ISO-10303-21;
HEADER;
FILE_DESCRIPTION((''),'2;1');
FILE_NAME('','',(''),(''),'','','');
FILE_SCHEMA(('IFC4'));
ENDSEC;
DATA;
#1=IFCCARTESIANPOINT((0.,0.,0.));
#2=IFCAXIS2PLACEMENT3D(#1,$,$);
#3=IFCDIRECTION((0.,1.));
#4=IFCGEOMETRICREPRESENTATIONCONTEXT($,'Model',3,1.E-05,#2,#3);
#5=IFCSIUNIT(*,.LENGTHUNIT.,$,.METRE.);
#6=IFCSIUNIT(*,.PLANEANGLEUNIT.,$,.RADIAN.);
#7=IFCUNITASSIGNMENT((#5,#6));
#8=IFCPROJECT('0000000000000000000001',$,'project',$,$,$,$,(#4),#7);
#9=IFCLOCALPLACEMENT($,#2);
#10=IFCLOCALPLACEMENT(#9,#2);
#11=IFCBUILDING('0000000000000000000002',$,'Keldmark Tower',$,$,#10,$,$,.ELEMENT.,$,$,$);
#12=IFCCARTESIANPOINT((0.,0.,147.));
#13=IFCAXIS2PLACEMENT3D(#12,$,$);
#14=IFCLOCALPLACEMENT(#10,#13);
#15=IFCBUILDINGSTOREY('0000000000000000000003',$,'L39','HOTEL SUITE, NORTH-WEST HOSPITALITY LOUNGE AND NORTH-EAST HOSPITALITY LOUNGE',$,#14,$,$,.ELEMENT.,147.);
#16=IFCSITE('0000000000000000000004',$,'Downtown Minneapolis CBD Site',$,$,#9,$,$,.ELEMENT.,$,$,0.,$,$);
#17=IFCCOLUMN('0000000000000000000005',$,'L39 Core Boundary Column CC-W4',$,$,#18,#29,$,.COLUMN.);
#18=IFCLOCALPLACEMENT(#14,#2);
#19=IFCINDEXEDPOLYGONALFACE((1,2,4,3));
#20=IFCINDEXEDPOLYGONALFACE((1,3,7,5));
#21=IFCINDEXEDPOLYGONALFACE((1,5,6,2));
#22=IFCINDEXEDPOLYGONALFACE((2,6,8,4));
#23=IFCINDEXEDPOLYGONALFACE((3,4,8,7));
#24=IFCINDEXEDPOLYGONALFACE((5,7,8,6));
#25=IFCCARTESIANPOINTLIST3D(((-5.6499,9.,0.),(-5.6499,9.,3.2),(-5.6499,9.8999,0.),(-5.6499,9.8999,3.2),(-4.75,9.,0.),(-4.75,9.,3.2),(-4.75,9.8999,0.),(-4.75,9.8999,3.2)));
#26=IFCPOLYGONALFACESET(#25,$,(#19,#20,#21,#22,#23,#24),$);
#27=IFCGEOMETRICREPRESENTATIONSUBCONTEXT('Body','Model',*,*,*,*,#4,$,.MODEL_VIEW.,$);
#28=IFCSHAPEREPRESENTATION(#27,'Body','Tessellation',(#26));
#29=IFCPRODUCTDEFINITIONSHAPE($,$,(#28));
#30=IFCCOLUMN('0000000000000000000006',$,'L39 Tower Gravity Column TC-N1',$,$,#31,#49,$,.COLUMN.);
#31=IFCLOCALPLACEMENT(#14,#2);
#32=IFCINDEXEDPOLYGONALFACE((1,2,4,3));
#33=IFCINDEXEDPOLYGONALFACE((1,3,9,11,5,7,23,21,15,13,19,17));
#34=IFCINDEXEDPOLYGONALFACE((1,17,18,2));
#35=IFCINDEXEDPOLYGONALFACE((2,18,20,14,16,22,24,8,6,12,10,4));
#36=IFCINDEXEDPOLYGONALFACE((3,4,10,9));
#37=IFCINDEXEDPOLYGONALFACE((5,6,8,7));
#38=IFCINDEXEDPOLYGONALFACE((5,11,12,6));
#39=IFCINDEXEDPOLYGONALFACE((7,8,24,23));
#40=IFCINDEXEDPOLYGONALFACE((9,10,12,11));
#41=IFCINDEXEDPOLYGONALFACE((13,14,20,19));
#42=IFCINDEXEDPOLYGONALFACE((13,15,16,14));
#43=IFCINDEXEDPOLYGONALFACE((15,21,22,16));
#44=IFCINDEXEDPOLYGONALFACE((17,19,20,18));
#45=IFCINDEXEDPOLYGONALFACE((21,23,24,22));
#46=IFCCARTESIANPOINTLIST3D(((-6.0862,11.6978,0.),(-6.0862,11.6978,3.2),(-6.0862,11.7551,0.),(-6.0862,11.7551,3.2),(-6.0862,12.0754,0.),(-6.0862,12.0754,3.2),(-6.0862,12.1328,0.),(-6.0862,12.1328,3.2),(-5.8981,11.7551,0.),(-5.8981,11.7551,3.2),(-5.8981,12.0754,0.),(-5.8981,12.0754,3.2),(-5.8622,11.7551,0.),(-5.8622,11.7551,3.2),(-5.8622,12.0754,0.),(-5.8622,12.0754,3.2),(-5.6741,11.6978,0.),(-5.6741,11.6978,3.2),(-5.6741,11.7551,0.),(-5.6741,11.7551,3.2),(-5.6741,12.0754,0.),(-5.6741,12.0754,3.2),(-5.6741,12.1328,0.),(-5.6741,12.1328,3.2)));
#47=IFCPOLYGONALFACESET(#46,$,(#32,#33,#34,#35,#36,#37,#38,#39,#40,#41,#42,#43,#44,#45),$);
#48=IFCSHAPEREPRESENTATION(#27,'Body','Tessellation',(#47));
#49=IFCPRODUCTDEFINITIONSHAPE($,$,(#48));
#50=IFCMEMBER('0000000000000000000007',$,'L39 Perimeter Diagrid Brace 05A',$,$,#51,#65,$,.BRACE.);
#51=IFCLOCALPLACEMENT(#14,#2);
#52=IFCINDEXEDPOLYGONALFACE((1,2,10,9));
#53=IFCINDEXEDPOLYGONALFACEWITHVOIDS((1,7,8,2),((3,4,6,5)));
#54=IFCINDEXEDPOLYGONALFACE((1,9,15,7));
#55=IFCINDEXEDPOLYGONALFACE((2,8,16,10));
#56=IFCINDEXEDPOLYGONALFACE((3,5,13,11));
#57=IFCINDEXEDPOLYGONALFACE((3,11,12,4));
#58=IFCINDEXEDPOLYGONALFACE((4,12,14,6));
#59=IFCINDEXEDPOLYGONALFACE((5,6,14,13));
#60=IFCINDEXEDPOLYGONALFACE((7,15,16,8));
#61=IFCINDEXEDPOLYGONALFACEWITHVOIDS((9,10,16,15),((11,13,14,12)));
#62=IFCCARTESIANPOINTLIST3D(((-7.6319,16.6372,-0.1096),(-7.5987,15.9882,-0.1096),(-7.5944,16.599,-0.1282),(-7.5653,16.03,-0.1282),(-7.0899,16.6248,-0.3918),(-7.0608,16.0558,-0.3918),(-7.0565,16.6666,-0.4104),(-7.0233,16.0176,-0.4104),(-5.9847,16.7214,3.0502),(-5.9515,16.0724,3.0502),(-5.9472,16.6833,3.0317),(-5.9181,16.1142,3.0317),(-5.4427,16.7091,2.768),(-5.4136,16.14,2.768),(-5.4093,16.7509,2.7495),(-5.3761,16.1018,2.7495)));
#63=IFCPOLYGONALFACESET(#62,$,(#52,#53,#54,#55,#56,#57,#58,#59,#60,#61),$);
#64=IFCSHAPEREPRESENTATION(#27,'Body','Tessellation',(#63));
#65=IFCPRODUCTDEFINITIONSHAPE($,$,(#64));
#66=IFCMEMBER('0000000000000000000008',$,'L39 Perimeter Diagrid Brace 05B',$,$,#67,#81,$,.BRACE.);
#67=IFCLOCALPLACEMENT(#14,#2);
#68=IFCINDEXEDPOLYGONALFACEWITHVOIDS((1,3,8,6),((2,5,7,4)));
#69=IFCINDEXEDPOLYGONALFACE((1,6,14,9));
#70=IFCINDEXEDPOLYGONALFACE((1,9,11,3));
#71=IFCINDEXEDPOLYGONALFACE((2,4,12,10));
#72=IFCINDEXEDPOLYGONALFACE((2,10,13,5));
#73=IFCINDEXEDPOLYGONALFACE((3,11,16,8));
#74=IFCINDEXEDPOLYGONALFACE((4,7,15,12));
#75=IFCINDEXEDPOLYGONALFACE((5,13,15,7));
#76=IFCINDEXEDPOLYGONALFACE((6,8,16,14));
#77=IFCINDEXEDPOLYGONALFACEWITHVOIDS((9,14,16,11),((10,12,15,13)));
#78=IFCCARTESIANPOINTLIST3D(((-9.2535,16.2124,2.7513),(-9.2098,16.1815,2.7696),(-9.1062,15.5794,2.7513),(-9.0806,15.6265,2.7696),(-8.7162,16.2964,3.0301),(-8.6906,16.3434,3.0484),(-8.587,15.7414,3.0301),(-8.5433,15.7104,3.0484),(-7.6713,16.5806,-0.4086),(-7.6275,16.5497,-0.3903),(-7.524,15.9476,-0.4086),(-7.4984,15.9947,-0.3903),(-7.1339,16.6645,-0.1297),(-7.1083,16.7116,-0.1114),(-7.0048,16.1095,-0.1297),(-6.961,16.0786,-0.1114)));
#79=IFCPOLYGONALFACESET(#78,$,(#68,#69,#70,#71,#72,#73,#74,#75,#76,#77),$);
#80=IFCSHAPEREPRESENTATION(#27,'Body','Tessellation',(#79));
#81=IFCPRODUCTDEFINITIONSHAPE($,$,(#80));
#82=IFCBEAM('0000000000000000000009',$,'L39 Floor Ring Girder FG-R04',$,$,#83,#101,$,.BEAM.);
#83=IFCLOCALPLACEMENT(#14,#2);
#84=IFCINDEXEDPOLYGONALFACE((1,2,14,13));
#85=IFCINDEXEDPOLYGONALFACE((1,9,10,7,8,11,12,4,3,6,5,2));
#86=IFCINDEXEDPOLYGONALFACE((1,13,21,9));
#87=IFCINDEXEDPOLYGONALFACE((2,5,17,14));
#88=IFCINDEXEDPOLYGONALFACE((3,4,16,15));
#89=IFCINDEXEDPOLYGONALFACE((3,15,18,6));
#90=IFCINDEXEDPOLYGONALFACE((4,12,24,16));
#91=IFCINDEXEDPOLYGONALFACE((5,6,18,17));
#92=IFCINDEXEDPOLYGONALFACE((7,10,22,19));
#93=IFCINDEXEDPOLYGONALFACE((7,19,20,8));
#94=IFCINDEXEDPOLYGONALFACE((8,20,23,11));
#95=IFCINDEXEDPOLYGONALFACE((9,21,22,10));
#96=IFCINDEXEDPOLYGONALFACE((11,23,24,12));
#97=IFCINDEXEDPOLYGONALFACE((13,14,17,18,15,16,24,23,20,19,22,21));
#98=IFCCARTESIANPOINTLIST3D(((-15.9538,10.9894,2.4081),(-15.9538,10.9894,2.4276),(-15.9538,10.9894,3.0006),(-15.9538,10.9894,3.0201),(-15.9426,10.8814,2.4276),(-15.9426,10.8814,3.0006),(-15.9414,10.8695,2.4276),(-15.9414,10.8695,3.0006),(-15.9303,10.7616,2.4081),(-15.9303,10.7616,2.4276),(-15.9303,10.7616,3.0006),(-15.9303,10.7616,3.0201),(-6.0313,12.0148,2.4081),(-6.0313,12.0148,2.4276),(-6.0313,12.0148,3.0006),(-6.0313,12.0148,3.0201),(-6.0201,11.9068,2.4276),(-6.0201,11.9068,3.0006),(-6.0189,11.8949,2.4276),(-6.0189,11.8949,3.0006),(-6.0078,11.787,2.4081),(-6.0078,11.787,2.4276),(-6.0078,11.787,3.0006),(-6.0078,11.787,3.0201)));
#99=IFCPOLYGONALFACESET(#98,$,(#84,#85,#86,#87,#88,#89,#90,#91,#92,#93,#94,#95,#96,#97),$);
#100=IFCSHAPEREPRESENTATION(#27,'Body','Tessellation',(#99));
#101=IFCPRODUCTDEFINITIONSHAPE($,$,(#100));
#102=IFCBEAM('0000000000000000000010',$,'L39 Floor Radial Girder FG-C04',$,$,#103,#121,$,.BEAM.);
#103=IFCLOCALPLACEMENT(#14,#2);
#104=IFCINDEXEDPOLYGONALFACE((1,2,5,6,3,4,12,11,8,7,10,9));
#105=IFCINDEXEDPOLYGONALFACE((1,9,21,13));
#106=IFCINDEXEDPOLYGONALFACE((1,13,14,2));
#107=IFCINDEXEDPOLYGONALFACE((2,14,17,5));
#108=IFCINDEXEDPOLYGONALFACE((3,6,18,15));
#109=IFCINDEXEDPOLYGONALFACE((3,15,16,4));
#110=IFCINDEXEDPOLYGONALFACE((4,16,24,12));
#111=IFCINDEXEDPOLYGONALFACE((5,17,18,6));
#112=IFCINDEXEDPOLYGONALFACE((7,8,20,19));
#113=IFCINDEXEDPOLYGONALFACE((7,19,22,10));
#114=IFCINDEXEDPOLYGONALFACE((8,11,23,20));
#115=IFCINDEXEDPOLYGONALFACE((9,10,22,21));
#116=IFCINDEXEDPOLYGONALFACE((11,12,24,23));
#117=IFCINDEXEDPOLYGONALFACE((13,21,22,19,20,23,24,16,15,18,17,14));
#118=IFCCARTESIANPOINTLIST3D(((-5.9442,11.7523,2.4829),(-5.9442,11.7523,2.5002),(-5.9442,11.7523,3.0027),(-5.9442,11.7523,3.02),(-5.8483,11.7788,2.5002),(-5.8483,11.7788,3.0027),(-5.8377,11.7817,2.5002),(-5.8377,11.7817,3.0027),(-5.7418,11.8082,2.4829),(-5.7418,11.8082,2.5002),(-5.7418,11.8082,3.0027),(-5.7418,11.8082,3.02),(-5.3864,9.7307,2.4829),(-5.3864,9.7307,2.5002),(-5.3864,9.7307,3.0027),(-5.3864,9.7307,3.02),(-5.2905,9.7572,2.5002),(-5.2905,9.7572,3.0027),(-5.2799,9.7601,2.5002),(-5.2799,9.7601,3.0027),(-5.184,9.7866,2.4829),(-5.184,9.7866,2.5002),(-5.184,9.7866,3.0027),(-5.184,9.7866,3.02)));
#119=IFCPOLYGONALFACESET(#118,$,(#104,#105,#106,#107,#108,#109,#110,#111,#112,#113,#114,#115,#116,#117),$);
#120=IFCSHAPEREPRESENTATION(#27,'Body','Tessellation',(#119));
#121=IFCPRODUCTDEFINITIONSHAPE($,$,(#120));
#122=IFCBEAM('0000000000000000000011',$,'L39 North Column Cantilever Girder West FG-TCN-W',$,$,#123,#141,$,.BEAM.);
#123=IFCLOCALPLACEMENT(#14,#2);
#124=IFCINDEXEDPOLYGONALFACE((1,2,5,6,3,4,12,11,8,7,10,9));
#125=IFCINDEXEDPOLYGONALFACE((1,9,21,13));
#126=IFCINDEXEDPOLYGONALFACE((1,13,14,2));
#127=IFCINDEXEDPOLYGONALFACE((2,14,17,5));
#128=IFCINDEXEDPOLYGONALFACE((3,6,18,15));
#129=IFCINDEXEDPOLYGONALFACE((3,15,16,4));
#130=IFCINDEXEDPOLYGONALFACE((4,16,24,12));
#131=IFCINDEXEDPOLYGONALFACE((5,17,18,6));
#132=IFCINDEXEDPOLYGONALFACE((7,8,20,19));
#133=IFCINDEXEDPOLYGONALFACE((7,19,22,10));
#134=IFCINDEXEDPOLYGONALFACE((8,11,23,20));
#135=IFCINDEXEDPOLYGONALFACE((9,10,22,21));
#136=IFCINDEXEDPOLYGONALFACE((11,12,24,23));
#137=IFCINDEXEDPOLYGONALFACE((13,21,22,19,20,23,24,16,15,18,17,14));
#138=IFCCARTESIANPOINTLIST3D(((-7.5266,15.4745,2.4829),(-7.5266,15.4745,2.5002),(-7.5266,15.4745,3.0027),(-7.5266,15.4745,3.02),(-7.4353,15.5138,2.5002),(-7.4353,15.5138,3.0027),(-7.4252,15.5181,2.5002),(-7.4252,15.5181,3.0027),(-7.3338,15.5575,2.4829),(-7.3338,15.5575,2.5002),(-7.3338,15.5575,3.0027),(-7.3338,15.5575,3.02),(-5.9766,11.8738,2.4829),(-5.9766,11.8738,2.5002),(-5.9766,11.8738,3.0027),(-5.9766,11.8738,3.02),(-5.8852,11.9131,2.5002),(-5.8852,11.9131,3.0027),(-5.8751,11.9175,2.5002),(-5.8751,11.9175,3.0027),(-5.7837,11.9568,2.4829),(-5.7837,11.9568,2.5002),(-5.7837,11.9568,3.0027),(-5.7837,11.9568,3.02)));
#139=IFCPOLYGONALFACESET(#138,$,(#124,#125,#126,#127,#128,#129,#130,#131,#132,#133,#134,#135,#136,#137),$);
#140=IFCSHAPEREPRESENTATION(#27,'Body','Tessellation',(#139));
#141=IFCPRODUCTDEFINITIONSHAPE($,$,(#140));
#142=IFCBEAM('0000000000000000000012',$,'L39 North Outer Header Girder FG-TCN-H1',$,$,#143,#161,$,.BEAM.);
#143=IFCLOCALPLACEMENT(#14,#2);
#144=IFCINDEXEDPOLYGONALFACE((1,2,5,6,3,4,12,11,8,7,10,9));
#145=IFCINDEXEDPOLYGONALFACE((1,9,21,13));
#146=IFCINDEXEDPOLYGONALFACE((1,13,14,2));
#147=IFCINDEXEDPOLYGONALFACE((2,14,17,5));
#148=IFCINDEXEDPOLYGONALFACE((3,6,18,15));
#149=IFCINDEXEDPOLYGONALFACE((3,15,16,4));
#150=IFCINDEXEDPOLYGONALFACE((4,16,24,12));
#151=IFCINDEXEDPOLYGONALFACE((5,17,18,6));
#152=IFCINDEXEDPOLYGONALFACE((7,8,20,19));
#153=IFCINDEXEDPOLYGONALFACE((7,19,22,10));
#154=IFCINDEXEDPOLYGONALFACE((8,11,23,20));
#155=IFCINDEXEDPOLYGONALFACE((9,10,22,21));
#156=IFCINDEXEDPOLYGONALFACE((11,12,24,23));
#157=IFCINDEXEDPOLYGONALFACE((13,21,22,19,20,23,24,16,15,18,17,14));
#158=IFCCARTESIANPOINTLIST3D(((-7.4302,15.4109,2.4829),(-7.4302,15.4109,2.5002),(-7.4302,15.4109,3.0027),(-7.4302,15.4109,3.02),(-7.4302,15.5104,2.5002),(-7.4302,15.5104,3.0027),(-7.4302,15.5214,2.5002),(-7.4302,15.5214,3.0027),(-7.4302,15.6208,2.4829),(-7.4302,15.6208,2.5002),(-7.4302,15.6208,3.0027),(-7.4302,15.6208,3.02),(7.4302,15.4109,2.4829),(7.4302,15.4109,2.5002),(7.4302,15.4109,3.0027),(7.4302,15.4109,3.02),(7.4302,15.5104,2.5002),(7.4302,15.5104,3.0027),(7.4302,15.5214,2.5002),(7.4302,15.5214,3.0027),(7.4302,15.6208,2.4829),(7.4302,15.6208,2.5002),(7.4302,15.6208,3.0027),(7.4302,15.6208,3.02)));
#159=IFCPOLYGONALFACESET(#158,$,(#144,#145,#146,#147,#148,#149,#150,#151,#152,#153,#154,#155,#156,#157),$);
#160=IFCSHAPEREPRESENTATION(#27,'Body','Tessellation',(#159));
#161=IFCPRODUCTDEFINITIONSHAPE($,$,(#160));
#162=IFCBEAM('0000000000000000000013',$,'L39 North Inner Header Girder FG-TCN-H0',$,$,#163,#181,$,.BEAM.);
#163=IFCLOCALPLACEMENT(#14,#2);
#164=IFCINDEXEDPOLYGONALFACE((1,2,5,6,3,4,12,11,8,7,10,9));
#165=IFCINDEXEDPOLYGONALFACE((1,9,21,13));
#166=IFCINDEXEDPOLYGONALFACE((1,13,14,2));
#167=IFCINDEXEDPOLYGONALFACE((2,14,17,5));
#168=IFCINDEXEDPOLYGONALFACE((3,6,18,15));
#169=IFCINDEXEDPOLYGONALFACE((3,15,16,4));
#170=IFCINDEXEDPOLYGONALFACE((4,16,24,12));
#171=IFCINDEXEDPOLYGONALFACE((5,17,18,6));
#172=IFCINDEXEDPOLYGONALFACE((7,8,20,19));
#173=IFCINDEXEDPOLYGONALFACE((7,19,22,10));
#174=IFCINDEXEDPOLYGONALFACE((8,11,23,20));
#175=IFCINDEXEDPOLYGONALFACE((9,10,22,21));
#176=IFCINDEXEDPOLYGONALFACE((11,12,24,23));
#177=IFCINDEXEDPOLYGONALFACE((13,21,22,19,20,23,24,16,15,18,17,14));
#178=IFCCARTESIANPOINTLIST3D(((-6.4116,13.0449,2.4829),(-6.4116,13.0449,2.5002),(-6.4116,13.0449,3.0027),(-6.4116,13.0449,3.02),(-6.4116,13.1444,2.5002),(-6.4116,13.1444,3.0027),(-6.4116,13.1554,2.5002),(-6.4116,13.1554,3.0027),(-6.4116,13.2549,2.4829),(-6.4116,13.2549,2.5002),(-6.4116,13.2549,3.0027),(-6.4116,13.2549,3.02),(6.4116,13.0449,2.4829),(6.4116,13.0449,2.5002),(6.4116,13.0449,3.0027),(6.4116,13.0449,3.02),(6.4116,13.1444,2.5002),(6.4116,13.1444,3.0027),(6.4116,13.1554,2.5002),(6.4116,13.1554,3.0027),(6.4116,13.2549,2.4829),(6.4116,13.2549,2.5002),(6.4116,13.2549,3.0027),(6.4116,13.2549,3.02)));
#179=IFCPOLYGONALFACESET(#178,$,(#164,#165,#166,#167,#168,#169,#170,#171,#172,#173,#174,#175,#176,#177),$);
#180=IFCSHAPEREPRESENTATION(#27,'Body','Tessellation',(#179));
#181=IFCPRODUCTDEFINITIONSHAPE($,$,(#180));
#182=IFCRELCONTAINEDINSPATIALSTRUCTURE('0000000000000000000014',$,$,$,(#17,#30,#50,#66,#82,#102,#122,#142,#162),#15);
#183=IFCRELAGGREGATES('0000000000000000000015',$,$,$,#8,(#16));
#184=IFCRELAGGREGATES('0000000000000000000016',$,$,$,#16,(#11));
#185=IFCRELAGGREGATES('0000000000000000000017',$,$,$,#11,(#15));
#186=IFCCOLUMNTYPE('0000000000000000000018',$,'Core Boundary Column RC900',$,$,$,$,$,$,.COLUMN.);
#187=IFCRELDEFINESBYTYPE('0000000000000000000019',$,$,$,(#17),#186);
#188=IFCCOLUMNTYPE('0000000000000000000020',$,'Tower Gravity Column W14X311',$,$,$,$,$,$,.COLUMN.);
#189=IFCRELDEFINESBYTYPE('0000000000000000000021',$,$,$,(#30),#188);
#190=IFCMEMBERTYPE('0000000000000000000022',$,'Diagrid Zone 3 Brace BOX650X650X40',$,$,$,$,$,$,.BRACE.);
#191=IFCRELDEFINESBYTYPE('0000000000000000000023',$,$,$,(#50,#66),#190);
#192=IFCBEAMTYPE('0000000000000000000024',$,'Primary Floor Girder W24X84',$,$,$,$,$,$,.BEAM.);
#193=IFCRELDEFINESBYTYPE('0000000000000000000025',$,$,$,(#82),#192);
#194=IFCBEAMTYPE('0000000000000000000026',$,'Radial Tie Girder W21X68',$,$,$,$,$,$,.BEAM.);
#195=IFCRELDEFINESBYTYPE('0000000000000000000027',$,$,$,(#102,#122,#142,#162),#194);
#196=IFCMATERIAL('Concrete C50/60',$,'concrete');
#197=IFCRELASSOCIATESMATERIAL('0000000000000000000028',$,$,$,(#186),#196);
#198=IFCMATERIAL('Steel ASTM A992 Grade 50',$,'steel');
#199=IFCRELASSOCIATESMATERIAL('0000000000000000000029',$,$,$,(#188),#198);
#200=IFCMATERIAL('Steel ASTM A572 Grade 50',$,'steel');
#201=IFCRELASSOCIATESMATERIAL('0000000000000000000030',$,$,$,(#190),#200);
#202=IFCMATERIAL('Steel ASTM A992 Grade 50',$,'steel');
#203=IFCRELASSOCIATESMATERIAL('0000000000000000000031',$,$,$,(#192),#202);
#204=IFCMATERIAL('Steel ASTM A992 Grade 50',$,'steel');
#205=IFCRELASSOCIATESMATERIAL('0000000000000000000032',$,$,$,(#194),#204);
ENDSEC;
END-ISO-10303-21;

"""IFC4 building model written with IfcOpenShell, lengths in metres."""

from ifc_helpers import new_model, si_unit, direction, frame, origin, origin_2d, place, context, subcontext, project, spatial, rectangle, hollow_rectangle, i_section, extrude, material, material_profile, profile_set, type_object, element, save


model = new_model("IFC4")

# Units and contexts
model_context = context("Model", 3, precision=1e-05, world=origin(), true_north=direction((0.0, 1.0)))
body_context = subcontext(model_context, "Body", "Model", "MODEL_VIEW")
ifc_project = project(units=[si_unit("LENGTHUNIT", "METRE"), si_unit("PLANEANGLEUNIT", "RADIAN")], contexts=[model_context])

# Site, building, storey
site_placement = place(None, origin())
site = spatial("IfcSite", under=ifc_project, at=site_placement, Name="Downtown Minneapolis CBD Site", CompositionType="ELEMENT", RefElevation=0.0)
building_placement = place(site_placement, origin())
building = spatial("IfcBuilding", under=site, at=building_placement, Name="Keldmark Tower", CompositionType="ELEMENT")
storey_placement = place(building_placement, frame((0.0, 0.0, 147.0)))
storey = spatial("IfcBuildingStorey", under=building, at=storey_placement, Name="L39", Description="HOTEL SUITE, NORTH-WEST HOSPITALITY LOUNGE AND NORTH-EAST HOSPITALITY LOUNGE", CompositionType="ELEMENT", Elevation=147.0)

# Columns
ifc_material_1 = material(Name="Concrete C50/60", Category="concrete")
ifc_material_profile_1 = material_profile(ifc_material_1, rectangle(XDim=0.8999, YDim=0.8999, at=origin_2d()), Name="RC900X900")
ifc_profile_set_1 = profile_set([ifc_material_profile_1], Name="Concrete C50/60")
column_type_1 = type_object("IfcColumnType", Name="Core Boundary Column RC900", PredefinedType="COLUMN", material=ifc_profile_set_1)
column_1_placement = place(storey_placement, frame((-5.2, 9.45, 0.0), z_axis=(0.0, 0.0, 1.0), x_axis=(1.0, 0.0, 0.0)))
element("IfcColumn", 1, at=column_1_placement, inside=storey, type_object=column_type_1, Name="L39 Core Boundary Column CC-W4", PredefinedType="COLUMN", context=body_context, shape_type="SweptSolid", body=[
    extrude(rectangle(XDim=0.8999, YDim=0.8999, at=origin_2d()), origin(), (0.0, 0.0, 1.0), 3.2),
])
ifc_material_2 = material(Name="Steel ASTM A992 Grade 50", Category="steel")
ifc_material_profile_2 = material_profile(ifc_material_2, i_section(OverallWidth=0.4121, OverallDepth=0.4351, WebThickness=0.0359, FlangeThickness=0.0574, at=origin_2d()), Name="W14X311")
ifc_profile_set_2 = profile_set([ifc_material_profile_2], Name="Steel ASTM A992 Grade 50")
column_type_2 = type_object("IfcColumnType", Name="Tower Gravity Column W14X311", PredefinedType="COLUMN", material=ifc_profile_set_2)
column_2_placement = place(storey_placement, frame((-5.8801, 11.9153, 0.0), z_axis=(0.0, 0.0, 1.0), x_axis=(1.0, 0.0, 0.0)))
element("IfcColumn", 2, at=column_2_placement, inside=storey, type_object=column_type_2, Name="L39 Tower Gravity Column TC-N1", PredefinedType="COLUMN", context=body_context, shape_type="SweptSolid", body=[
    extrude(i_section(OverallWidth=0.4121, OverallDepth=0.4351, WebThickness=0.0359, FlangeThickness=0.0574, at=origin_2d()), origin(), (0.0, 0.0, 1.0), 3.2),
])

# Members
ifc_material_3 = material(Name="Steel ASTM A572 Grade 50", Category="steel")
ifc_material_profile_3 = material_profile(ifc_material_3, hollow_rectangle(XDim=0.6499, YDim=0.6499, WallThickness=0.04, at=origin_2d()), Name="BOX650X650X40")
ifc_profile_set_3 = profile_set([ifc_material_profile_3], Name="Steel ASTM A572 Grade 50")
member_type = type_object("IfcMemberType", Name="Diagrid Zone 3 Brace BOX650X650X40", PredefinedType="BRACE", material=ifc_profile_set_3)
member_1_placement = place(storey_placement, frame((-7.3276, 16.3274, -0.26), z_axis=(0.462121, 0.02363, 0.886502), x_axis=(-0.051067, 0.998695, 0.0)))
element("IfcMember", 3, at=member_1_placement, inside=storey, type_object=member_type, Name="L39 Perimeter Diagrid Brace 05A", PredefinedType="BRACE", context=body_context, shape_type="SweptSolid", body=[
    extrude(hollow_rectangle(XDim=0.6499, YDim=0.6499, WallThickness=0.04, at=origin_2d()), origin(), (0.0, 0.0, 1.0), 3.5645),
])
member_2_placement = place(storey_placement, frame((-7.3162, 16.3296, -0.26), z_axis=(-0.445328, -0.103619, 0.889351), x_axis=(0.226626, -0.973982, 0.0)))
element("IfcMember", 4, at=member_2_placement, inside=storey, type_object=member_type, Name="L39 Perimeter Diagrid Brace 05B", PredefinedType="BRACE", context=body_context, shape_type="SweptSolid", body=[
    extrude(hollow_rectangle(XDim=0.6499, YDim=0.6499, WallThickness=0.04, at=origin_2d()), origin(), (0.0, 0.0, 1.0), 3.553),
])

# Beams
ifc_material_4 = material(Name="Steel ASTM A992 Grade 50", Category="steel")
ifc_material_profile_4 = material_profile(ifc_material_4, i_section(OverallWidth=0.229, OverallDepth=0.6121, WebThickness=0.012, FlangeThickness=0.0195, at=origin_2d()), Name="W24X84")
ifc_profile_set_4 = profile_set([ifc_material_profile_4], Name="Steel ASTM A992 Grade 50")
beam_type_1 = type_object("IfcBeamType", Name="Primary Floor Girder W24X84", PredefinedType="BEAM", material=ifc_profile_set_4)
beam_1_placement = place(storey_placement, frame((-6.0195, 11.9009, 2.7141), z_axis=(-0.994703, -0.102791, 0.0), x_axis=(0.102791, -0.994703, 0.0)))
element("IfcBeam", 5, at=beam_1_placement, inside=storey, type_object=beam_type_1, Name="L39 Floor Ring Girder FG-R04", PredefinedType="BEAM", context=body_context, shape_type="SweptSolid", body=[
    extrude(i_section(OverallWidth=0.229, OverallDepth=0.6121, WebThickness=0.012, FlangeThickness=0.0195, at=origin_2d()), origin(), (0.0, 0.0, 1.0), 9.9753),
])
ifc_material_5 = material(Name="Steel ASTM A992 Grade 50", Category="steel")
ifc_material_profile_5 = material_profile(ifc_material_5, i_section(OverallWidth=0.21, OverallDepth=0.5371, WebThickness=0.011, FlangeThickness=0.0173, at=origin_2d()), Name="W21X68")
ifc_profile_set_5 = profile_set([ifc_material_profile_5], Name="Steel ASTM A992 Grade 50")
beam_type_2 = type_object("IfcBeamType", Name="Radial Tie Girder W21X68", PredefinedType="BEAM", material=ifc_profile_set_5)
beam_2_placement = place(storey_placement, frame((-5.843, 11.7803, 2.7515), z_axis=(0.265992, -0.963975, 0.0), x_axis=(0.963975, 0.265992, 0.0)))
element("IfcBeam", 6, at=beam_2_placement, inside=storey, type_object=beam_type_2, Name="L39 Floor Radial Girder FG-C04", PredefinedType="BEAM", context=body_context, shape_type="SweptSolid", body=[
    extrude(i_section(OverallWidth=0.21, OverallDepth=0.5371, WebThickness=0.011, FlangeThickness=0.0173, at=origin_2d()), origin(), (0.0, 0.0, 1.0), 2.0972),
])
beam_3_placement = place(storey_placement, frame((-5.8801, 11.9153, 2.7515), z_axis=(-0.395415, 0.918503, 0.0), x_axis=(-0.918503, -0.395415, 0.0)))
element("IfcBeam", 7, at=beam_3_placement, inside=storey, type_object=beam_type_2, Name="L39 North Column Cantilever Girder West FG-TCN-W", PredefinedType="BEAM", context=body_context, shape_type="SweptSolid", body=[
    extrude(i_section(OverallWidth=0.21, OverallDepth=0.5371, WebThickness=0.011, FlangeThickness=0.0173, at=origin_2d()), origin(), (0.0, 0.0, 1.0), 3.9202),
])
beam_4_placement = place(storey_placement, frame((-7.4302, 15.5159, 2.7515), z_axis=(1.0, 0.0, 0.0), x_axis=(0.0, 1.0, 0.0)))
element("IfcBeam", 8, at=beam_4_placement, inside=storey, type_object=beam_type_2, Name="L39 North Outer Header Girder FG-TCN-H1", PredefinedType="BEAM", context=body_context, shape_type="SweptSolid", body=[
    extrude(i_section(OverallWidth=0.21, OverallDepth=0.5371, WebThickness=0.011, FlangeThickness=0.0173, at=origin_2d()), origin(), (0.0, 0.0, 1.0), 14.8604),
])
beam_5_placement = place(storey_placement, frame((-6.4116, 13.1499, 2.7515), z_axis=(1.0, 0.0, 0.0), x_axis=(0.0, 1.0, 0.0)))
element("IfcBeam", 9, at=beam_5_placement, inside=storey, type_object=beam_type_2, Name="L39 North Inner Header Girder FG-TCN-H0", PredefinedType="BEAM", context=body_context, shape_type="SweptSolid", body=[
    extrude(i_section(OverallWidth=0.21, OverallDepth=0.5371, WebThickness=0.011, FlangeThickness=0.0173, at=origin_2d()), origin(), (0.0, 0.0, 1.0), 12.8232),
])

save(model, "model.ifc")
